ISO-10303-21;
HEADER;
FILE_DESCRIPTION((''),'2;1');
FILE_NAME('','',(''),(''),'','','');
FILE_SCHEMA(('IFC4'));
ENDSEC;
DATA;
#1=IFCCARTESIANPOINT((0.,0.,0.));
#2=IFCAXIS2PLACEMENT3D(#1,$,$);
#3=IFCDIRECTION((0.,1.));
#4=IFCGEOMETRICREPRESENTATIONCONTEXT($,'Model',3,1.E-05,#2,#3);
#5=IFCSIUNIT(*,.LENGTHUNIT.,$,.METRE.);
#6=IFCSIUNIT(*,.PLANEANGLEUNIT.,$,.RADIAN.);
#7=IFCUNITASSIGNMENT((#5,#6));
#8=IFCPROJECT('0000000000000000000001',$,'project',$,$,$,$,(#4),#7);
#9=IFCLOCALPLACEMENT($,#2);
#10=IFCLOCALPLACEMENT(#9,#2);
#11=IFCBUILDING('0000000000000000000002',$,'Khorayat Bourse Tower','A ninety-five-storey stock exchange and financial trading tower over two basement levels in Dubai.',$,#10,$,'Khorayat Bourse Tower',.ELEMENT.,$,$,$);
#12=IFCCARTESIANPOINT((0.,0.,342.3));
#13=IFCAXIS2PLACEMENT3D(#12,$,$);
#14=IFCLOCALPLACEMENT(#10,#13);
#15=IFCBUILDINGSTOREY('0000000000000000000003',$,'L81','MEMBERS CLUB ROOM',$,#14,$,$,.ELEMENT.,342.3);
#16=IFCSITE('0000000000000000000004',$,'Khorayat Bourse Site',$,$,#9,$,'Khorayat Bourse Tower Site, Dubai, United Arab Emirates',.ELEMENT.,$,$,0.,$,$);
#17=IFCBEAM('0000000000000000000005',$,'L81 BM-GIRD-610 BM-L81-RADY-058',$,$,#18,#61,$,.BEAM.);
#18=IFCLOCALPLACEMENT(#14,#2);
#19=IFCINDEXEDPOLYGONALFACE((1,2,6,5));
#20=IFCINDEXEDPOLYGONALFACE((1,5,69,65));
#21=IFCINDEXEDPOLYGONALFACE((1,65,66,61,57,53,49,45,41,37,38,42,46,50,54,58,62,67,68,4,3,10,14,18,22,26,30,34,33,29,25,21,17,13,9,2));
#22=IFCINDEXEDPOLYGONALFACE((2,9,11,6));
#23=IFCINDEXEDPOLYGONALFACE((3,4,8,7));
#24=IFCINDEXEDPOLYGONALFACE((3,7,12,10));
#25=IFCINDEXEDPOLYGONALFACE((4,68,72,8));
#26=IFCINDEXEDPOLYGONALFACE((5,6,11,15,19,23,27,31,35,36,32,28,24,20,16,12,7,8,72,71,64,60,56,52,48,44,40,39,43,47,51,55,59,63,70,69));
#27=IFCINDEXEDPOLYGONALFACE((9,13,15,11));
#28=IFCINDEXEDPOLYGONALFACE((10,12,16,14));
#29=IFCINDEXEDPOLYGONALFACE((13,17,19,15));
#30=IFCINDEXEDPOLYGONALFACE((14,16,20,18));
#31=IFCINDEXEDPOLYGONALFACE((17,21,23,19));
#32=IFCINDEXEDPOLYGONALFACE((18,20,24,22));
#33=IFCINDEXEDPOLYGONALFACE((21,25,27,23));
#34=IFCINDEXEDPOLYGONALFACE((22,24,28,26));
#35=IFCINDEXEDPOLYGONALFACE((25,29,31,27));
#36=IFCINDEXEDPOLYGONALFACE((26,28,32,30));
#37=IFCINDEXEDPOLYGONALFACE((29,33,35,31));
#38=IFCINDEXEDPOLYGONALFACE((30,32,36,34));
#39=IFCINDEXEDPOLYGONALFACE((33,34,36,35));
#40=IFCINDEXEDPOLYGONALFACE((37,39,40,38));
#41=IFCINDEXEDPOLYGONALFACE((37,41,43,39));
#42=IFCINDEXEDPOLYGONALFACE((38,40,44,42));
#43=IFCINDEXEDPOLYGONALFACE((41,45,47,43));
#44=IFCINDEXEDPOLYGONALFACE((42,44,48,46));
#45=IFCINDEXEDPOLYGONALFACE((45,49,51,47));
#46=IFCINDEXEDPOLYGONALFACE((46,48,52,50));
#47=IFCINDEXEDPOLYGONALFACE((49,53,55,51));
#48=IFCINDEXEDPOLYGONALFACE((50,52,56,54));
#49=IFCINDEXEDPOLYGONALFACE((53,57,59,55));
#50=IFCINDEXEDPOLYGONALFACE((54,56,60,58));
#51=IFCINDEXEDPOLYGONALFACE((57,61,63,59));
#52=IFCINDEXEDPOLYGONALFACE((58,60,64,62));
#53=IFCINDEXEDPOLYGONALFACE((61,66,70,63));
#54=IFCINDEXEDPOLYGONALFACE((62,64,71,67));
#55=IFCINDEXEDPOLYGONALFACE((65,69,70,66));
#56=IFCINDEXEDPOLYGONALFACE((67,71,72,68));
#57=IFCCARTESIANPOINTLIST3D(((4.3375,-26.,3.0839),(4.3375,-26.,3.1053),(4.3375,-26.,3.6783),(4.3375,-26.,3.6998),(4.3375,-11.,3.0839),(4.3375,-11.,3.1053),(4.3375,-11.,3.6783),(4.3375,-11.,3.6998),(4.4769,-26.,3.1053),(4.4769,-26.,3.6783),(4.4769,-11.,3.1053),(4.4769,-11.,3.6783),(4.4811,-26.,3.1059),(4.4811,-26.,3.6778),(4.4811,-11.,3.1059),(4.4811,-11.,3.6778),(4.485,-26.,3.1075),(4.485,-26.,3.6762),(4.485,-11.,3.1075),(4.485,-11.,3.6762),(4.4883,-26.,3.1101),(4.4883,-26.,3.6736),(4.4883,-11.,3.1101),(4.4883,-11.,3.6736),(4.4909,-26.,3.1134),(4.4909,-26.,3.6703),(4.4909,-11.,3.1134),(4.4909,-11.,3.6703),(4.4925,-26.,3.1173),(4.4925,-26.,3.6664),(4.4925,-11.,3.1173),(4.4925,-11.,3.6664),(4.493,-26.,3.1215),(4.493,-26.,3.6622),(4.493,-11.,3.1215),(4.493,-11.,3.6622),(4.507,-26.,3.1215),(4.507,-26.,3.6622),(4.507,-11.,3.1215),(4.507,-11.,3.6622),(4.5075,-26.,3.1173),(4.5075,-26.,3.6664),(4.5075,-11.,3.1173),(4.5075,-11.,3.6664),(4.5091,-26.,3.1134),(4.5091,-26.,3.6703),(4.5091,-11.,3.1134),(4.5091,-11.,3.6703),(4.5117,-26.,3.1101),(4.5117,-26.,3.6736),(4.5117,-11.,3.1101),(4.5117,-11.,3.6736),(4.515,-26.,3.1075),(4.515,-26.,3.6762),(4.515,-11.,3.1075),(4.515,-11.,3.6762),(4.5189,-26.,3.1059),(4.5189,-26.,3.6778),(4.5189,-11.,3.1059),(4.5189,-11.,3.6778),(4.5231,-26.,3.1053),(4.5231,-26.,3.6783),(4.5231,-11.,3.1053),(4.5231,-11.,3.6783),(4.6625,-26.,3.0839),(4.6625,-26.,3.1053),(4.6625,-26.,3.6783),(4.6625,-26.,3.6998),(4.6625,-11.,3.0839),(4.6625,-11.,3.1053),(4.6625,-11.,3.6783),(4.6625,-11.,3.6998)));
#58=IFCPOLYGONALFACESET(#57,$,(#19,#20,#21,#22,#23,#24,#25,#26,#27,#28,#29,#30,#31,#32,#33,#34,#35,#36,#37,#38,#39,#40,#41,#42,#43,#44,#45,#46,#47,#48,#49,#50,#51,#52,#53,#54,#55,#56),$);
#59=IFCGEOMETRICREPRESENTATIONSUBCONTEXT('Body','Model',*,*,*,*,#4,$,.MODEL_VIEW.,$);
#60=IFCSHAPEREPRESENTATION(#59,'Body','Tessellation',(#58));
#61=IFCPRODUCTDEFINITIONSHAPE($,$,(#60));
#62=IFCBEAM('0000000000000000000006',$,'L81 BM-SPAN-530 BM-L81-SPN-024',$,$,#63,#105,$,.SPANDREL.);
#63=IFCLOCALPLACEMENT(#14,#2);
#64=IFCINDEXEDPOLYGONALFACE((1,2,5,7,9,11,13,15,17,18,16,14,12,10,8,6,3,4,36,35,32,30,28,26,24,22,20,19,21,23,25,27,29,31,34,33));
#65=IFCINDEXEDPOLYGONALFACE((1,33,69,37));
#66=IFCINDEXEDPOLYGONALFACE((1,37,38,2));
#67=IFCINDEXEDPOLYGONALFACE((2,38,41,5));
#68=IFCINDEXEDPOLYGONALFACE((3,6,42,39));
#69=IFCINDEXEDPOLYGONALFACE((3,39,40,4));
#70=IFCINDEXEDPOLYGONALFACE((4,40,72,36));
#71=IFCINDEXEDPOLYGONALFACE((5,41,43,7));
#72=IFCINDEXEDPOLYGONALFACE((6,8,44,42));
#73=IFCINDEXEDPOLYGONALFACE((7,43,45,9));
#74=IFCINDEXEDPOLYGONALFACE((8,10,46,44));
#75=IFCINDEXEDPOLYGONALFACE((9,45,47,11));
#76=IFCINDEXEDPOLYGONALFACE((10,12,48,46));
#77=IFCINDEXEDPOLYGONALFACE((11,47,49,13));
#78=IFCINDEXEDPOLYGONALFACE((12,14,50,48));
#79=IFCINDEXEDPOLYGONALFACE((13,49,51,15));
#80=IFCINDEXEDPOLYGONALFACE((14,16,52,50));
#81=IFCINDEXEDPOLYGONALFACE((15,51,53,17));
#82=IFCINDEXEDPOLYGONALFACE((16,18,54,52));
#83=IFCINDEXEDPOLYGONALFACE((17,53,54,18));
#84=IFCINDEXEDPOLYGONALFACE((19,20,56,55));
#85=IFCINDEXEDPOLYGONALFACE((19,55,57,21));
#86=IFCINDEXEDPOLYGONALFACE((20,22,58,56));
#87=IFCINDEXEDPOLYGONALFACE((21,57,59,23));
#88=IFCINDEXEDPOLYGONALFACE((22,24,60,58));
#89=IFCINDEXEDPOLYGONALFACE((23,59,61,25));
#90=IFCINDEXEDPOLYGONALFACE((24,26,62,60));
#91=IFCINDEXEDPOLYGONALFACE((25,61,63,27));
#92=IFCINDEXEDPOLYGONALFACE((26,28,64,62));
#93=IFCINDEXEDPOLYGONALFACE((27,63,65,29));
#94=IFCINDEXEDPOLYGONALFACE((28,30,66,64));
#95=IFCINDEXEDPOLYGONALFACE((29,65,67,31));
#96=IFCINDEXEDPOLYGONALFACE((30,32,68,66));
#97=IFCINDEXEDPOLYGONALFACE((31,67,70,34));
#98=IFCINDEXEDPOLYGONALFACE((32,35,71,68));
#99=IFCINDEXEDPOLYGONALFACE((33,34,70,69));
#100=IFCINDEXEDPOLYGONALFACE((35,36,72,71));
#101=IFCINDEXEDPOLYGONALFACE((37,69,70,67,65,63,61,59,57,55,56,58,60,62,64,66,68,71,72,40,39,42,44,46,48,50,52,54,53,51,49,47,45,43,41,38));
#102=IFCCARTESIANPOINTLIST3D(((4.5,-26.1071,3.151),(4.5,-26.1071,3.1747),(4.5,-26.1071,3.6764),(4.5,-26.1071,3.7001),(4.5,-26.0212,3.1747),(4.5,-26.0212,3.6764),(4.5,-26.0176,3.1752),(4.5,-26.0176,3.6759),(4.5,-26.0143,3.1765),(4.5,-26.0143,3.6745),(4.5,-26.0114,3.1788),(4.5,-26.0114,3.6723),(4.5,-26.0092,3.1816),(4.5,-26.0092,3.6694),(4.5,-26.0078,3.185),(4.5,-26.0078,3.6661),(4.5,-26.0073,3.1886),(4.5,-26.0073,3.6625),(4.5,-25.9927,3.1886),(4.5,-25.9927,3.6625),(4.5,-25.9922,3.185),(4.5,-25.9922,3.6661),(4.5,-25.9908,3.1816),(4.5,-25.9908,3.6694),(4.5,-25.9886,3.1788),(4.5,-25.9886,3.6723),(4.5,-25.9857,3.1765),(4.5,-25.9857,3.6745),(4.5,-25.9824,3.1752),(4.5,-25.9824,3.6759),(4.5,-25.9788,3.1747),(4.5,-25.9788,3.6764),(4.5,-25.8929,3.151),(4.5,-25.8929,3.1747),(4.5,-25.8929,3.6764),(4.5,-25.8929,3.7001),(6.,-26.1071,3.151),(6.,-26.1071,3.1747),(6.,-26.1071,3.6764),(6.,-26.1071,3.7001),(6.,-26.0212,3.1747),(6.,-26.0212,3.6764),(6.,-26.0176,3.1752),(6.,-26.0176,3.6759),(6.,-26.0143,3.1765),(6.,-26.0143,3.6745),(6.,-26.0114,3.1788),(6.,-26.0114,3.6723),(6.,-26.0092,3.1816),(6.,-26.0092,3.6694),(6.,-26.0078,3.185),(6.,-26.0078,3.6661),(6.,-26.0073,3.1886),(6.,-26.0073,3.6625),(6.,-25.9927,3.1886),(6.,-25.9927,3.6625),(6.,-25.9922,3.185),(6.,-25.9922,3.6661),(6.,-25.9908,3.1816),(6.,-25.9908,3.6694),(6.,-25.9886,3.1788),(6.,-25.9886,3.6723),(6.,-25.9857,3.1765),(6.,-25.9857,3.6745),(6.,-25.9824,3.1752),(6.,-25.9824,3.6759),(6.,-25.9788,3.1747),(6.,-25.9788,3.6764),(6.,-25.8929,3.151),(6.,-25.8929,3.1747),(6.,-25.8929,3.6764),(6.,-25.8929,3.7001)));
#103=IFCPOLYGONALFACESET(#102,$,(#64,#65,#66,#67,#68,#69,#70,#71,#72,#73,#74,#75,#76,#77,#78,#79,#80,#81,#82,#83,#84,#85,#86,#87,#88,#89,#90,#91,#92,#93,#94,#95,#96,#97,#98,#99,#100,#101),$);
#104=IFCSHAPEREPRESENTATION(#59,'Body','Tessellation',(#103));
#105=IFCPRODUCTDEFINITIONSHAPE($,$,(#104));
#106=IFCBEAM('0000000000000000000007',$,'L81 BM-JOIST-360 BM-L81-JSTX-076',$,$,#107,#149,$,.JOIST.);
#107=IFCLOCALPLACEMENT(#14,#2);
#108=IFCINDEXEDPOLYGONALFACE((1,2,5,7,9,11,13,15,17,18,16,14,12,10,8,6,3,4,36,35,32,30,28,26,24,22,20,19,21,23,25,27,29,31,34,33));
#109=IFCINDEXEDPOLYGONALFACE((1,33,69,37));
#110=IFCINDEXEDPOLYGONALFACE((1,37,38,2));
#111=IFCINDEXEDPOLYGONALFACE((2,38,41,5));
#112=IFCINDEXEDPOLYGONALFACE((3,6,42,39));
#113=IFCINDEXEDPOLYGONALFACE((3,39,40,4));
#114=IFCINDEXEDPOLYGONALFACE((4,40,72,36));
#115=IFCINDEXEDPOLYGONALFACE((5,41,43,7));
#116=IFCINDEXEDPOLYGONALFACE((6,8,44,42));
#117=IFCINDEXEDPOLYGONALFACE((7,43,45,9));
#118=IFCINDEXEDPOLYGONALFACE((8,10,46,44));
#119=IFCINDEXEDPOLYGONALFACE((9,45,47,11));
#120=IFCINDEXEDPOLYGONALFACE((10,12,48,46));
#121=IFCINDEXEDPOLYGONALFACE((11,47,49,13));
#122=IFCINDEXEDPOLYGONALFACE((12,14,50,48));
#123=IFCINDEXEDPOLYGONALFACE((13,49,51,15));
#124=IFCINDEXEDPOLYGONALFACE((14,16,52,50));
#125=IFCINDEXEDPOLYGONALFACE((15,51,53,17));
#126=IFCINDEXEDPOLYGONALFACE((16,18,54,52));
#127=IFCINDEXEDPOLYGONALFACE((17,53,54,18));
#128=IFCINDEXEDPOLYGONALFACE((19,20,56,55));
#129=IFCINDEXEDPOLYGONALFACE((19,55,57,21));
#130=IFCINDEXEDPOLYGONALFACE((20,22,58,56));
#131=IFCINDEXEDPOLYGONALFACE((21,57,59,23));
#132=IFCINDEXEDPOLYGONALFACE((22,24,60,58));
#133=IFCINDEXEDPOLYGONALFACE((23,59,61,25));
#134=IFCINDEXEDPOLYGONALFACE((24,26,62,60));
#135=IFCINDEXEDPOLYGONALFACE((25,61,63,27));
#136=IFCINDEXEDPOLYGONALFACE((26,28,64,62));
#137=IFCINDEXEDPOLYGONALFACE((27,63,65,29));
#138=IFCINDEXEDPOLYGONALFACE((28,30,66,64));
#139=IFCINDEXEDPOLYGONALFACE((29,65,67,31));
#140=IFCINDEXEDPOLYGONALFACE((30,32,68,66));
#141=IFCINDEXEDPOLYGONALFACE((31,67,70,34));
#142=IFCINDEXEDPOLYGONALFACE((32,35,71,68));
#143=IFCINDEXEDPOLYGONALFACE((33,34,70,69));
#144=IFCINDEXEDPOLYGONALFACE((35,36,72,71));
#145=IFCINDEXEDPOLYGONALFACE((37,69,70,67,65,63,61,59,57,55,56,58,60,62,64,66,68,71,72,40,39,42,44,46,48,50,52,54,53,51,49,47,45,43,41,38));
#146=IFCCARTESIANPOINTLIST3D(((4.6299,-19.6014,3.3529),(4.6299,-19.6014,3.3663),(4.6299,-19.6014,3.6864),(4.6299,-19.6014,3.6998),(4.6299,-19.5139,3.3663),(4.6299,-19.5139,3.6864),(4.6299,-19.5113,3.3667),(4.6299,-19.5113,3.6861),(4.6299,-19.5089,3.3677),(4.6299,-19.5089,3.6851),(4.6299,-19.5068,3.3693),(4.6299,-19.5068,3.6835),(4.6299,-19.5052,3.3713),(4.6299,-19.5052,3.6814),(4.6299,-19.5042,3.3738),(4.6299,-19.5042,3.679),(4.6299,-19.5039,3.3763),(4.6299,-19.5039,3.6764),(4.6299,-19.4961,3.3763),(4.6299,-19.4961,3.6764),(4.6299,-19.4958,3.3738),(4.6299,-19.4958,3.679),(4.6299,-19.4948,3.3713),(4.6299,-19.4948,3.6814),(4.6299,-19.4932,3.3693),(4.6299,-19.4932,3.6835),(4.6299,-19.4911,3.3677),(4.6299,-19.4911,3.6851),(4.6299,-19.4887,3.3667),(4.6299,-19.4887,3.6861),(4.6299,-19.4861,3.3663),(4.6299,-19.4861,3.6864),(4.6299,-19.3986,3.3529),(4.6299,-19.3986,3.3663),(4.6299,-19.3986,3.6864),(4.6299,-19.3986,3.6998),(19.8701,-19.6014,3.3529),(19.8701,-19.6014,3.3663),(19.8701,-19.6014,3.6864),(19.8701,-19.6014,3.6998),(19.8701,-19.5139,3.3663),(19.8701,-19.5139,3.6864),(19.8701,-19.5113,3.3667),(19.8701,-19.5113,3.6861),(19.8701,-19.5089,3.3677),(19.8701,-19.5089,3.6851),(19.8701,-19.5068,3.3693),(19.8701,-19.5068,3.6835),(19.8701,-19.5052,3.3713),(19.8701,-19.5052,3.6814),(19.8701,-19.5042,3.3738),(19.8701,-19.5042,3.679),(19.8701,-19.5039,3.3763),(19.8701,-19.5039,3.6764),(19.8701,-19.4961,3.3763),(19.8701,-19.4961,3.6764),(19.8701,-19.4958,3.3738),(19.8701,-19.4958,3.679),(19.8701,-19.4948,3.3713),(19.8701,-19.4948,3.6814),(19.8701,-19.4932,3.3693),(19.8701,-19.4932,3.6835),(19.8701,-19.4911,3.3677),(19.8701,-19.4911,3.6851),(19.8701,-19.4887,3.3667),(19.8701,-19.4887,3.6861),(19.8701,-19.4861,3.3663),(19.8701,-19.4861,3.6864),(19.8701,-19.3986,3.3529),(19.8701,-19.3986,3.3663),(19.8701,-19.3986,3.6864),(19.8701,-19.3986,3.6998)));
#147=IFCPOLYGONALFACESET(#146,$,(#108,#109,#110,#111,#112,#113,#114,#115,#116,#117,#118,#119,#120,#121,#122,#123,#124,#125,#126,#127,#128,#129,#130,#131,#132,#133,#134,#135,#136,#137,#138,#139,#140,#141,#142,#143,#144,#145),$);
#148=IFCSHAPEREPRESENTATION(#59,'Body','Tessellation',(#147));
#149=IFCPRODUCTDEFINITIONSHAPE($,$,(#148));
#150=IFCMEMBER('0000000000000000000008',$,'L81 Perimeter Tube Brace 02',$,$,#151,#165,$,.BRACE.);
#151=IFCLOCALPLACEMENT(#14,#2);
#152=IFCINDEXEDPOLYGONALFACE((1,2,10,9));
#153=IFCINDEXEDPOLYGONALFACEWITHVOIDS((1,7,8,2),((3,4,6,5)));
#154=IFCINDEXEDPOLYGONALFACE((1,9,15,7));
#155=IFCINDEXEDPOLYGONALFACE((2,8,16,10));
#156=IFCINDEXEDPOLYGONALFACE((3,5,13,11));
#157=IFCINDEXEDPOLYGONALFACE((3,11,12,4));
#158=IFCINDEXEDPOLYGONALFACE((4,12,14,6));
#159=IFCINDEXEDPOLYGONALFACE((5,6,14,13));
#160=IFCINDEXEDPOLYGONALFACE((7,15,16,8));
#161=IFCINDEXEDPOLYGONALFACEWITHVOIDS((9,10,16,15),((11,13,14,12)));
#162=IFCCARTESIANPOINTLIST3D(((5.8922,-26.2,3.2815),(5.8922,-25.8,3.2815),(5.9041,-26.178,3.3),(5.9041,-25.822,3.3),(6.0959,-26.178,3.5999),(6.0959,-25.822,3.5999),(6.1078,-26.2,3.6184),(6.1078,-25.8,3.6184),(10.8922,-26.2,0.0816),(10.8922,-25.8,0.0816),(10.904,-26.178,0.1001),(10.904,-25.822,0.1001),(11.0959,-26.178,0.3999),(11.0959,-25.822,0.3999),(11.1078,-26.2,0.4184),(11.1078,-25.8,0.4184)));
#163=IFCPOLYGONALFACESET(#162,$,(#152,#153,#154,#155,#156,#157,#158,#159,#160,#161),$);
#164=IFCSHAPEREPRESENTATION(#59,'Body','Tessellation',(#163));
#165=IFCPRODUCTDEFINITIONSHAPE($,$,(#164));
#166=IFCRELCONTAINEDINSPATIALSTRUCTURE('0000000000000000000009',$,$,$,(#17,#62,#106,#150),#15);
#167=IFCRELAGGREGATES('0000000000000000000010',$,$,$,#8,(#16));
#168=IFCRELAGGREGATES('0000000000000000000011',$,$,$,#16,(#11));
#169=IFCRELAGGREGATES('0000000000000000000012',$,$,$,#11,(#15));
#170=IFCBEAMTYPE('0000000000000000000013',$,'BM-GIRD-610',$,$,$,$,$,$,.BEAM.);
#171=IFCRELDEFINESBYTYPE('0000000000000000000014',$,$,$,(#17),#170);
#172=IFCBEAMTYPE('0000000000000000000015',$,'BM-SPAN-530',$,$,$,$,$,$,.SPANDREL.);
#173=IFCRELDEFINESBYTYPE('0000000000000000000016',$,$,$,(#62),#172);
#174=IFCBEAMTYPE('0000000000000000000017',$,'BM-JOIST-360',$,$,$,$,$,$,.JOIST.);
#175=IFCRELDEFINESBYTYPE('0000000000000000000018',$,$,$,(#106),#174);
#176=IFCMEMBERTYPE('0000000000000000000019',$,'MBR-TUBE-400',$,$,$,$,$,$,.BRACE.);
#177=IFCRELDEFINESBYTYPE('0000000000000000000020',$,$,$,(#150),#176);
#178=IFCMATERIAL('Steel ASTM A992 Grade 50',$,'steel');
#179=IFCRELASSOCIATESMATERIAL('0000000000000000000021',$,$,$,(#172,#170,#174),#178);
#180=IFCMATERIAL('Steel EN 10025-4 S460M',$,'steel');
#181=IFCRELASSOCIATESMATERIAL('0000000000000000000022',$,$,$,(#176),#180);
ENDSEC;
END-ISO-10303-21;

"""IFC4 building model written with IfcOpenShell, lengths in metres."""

from ifc_helpers import new_model, si_unit, direction, frame, origin, origin_2d, place, context, subcontext, project, spatial, hollow_rectangle, i_section, extrude, source, transform, mapped, material, material_profile, profile_set, type_object, element, save


model = new_model("IFC4")

# Units and contexts
model_context = context("Model", 3, precision=1e-05, world=origin(), true_north=direction((0.0, 1.0)))
body_context = subcontext(model_context, "Body", "Model", "MODEL_VIEW")
ifc_project = project(units=[si_unit("LENGTHUNIT", "METRE"), si_unit("PLANEANGLEUNIT", "RADIAN")], contexts=[model_context])

# Site, building, storey
site_placement = place(None, origin())
site = spatial("IfcSite", under=ifc_project, at=site_placement, Name="Khorayat Bourse Site", LongName="Khorayat Bourse Tower Site, Dubai, United Arab Emirates", CompositionType="ELEMENT", RefElevation=0.0)
building_placement = place(site_placement, origin())
building = spatial("IfcBuilding", under=site, at=building_placement, Name="Khorayat Bourse Tower", Description="A ninety-five-storey stock exchange and financial trading tower over two basement levels in Dubai.", LongName="Khorayat Bourse Tower", CompositionType="ELEMENT")
storey_placement = place(building_placement, frame((0.0, 0.0, 342.3)))
storey = spatial("IfcBuildingStorey", under=building, at=storey_placement, Name="L81", Description="MEMBERS CLUB ROOM", CompositionType="ELEMENT", Elevation=342.3)

# Beams
ifc_material_1 = material(Name="Steel ASTM A992 Grade 50", Category="steel")
ifc_material_profile_1 = material_profile(ifc_material_1, i_section(OverallWidth=0.2141, OverallDepth=0.5491, WebThickness=0.0146, FlangeThickness=0.0237, FilletRadius=0.0139, at=origin_2d()), Name="W530X138")
ifc_profile_set_1 = profile_set([ifc_material_profile_1], Name="Steel ASTM A992 Grade 50")
beam_type_1 = type_object("IfcBeamType", Name="BM-SPAN-530", PredefinedType="SPANDREL", material=ifc_profile_set_1)
ifc_material_profile_2 = material_profile(ifc_material_1, i_section(OverallWidth=0.325, OverallDepth=0.616, WebThickness=0.0139, FlangeThickness=0.0215, FilletRadius=0.0161, at=origin_2d()), Name="W610X174")
ifc_profile_set_2 = profile_set([ifc_material_profile_2], Name="Steel ASTM A992 Grade 50")
beam_type_2 = type_object("IfcBeamType", Name="BM-GIRD-610", PredefinedType="BEAM", material=ifc_profile_set_2)
shared_shape_1 = source(origin(), body_context, "Body", "SweptSolid", [
    extrude(i_section(OverallWidth=0.325, OverallDepth=0.616, WebThickness=0.0139, FlangeThickness=0.0215, FilletRadius=0.0161, at=origin_2d()), origin(), (0.0, 0.0, 1.0), 15.0),
])
beam_1_placement = place(storey_placement, frame((4.5, -26.0, 3.3918), z_axis=(0.0, 1.0, 0.0), x_axis=(-1.0, 0.0, 0.0)))
element("IfcBeam", 1, at=beam_1_placement, inside=storey, type_object=beam_type_2, Name="L81 BM-GIRD-610 BM-L81-RADY-058", PredefinedType="BEAM", context=body_context, shape_type="MappedRepresentation", body=[
    mapped(shared_shape_1, transform((0.0, 0.0, 0.0), scale=1.0)),
])
shared_shape_2 = source(origin(), body_context, "Body", "SweptSolid", [
    extrude(i_section(OverallWidth=0.2141, OverallDepth=0.5491, WebThickness=0.0146, FlangeThickness=0.0237, FilletRadius=0.0139, at=origin_2d()), origin(), (0.0, 0.0, 1.0), 1.5),
])
beam_2_placement = place(storey_placement, frame((4.5, -26.0, 3.4255), z_axis=(1.0, 0.0, 0.0), x_axis=(0.0, 1.0, 0.0)))
element("IfcBeam", 2, at=beam_2_placement, inside=storey, type_object=beam_type_1, Name="L81 BM-SPAN-530 BM-L81-SPN-024", PredefinedType="SPANDREL", context=body_context, shape_type="MappedRepresentation", body=[
    mapped(shared_shape_2, transform((0.0, 0.0, 0.0), scale=1.0)),
])
ifc_material_profile_3 = material_profile(ifc_material_1, i_section(OverallWidth=0.2029, OverallDepth=0.3469, WebThickness=0.0078, FlangeThickness=0.0134, FilletRadius=0.01, at=origin_2d()), Name="W360X64")
ifc_profile_set_3 = profile_set([ifc_material_profile_3], Name="Steel ASTM A992 Grade 50")
beam_type_3 = type_object("IfcBeamType", Name="BM-JOIST-360", PredefinedType="JOIST", material=ifc_profile_set_3)
shared_shape_3 = source(origin(), body_context, "Body", "SweptSolid", [
    extrude(i_section(OverallWidth=0.2029, OverallDepth=0.3469, WebThickness=0.0078, FlangeThickness=0.0134, FilletRadius=0.01, at=origin_2d()), origin(), (0.0, 0.0, 1.0), 15.2402),
])
beam_3_placement = place(storey_placement, frame((4.6299, -19.5, 3.5264), z_axis=(1.0, 0.0, 0.0), x_axis=(0.0, 1.0, 0.0)))
element("IfcBeam", 3, at=beam_3_placement, inside=storey, type_object=beam_type_3, Name="L81 BM-JOIST-360 BM-L81-JSTX-076", PredefinedType="JOIST", context=body_context, shape_type="MappedRepresentation", body=[
    mapped(shared_shape_3, transform((0.0, 0.0, 0.0), scale=1.0)),
])

# Member
ifc_material_2 = material(Name="Steel EN 10025-4 S460M", Category="steel")
ifc_material_profile_4 = material_profile(ifc_material_2, hollow_rectangle(XDim=0.3999, YDim=0.3999, WallThickness=0.022, at=origin_2d()), Name="HSS 400x400x22")
ifc_profile_set_4 = profile_set([ifc_material_profile_4], Name="Steel EN 10025-4 S460M")
member_type_1 = type_object("IfcMemberType", Name="MBR-TUBE-400", PredefinedType="BRACE", material=ifc_profile_set_4)
shared_shape_4 = source(origin(), body_context, "Body", "SweptSolid", [
    extrude(hollow_rectangle(XDim=0.3999, YDim=0.3999, WallThickness=0.022, at=origin_2d()), origin(), (0.0, 0.0, 1.0), 5.9363),
])
member_1_placement = place(storey_placement, frame((6.0, -26.0, 3.45), z_axis=(0.842275, 0.0, -0.539048), x_axis=(0.0, 1.0, 0.0)))
element("IfcMember", 4, at=member_1_placement, inside=storey, type_object=member_type_1, Name="L81 Perimeter Tube Brace 02", PredefinedType="BRACE", context=body_context, shape_type="MappedRepresentation", body=[
    mapped(shared_shape_4, transform((0.0, 0.0, 0.0), scale=1.0)),
])

save(model, "model.ifc")
